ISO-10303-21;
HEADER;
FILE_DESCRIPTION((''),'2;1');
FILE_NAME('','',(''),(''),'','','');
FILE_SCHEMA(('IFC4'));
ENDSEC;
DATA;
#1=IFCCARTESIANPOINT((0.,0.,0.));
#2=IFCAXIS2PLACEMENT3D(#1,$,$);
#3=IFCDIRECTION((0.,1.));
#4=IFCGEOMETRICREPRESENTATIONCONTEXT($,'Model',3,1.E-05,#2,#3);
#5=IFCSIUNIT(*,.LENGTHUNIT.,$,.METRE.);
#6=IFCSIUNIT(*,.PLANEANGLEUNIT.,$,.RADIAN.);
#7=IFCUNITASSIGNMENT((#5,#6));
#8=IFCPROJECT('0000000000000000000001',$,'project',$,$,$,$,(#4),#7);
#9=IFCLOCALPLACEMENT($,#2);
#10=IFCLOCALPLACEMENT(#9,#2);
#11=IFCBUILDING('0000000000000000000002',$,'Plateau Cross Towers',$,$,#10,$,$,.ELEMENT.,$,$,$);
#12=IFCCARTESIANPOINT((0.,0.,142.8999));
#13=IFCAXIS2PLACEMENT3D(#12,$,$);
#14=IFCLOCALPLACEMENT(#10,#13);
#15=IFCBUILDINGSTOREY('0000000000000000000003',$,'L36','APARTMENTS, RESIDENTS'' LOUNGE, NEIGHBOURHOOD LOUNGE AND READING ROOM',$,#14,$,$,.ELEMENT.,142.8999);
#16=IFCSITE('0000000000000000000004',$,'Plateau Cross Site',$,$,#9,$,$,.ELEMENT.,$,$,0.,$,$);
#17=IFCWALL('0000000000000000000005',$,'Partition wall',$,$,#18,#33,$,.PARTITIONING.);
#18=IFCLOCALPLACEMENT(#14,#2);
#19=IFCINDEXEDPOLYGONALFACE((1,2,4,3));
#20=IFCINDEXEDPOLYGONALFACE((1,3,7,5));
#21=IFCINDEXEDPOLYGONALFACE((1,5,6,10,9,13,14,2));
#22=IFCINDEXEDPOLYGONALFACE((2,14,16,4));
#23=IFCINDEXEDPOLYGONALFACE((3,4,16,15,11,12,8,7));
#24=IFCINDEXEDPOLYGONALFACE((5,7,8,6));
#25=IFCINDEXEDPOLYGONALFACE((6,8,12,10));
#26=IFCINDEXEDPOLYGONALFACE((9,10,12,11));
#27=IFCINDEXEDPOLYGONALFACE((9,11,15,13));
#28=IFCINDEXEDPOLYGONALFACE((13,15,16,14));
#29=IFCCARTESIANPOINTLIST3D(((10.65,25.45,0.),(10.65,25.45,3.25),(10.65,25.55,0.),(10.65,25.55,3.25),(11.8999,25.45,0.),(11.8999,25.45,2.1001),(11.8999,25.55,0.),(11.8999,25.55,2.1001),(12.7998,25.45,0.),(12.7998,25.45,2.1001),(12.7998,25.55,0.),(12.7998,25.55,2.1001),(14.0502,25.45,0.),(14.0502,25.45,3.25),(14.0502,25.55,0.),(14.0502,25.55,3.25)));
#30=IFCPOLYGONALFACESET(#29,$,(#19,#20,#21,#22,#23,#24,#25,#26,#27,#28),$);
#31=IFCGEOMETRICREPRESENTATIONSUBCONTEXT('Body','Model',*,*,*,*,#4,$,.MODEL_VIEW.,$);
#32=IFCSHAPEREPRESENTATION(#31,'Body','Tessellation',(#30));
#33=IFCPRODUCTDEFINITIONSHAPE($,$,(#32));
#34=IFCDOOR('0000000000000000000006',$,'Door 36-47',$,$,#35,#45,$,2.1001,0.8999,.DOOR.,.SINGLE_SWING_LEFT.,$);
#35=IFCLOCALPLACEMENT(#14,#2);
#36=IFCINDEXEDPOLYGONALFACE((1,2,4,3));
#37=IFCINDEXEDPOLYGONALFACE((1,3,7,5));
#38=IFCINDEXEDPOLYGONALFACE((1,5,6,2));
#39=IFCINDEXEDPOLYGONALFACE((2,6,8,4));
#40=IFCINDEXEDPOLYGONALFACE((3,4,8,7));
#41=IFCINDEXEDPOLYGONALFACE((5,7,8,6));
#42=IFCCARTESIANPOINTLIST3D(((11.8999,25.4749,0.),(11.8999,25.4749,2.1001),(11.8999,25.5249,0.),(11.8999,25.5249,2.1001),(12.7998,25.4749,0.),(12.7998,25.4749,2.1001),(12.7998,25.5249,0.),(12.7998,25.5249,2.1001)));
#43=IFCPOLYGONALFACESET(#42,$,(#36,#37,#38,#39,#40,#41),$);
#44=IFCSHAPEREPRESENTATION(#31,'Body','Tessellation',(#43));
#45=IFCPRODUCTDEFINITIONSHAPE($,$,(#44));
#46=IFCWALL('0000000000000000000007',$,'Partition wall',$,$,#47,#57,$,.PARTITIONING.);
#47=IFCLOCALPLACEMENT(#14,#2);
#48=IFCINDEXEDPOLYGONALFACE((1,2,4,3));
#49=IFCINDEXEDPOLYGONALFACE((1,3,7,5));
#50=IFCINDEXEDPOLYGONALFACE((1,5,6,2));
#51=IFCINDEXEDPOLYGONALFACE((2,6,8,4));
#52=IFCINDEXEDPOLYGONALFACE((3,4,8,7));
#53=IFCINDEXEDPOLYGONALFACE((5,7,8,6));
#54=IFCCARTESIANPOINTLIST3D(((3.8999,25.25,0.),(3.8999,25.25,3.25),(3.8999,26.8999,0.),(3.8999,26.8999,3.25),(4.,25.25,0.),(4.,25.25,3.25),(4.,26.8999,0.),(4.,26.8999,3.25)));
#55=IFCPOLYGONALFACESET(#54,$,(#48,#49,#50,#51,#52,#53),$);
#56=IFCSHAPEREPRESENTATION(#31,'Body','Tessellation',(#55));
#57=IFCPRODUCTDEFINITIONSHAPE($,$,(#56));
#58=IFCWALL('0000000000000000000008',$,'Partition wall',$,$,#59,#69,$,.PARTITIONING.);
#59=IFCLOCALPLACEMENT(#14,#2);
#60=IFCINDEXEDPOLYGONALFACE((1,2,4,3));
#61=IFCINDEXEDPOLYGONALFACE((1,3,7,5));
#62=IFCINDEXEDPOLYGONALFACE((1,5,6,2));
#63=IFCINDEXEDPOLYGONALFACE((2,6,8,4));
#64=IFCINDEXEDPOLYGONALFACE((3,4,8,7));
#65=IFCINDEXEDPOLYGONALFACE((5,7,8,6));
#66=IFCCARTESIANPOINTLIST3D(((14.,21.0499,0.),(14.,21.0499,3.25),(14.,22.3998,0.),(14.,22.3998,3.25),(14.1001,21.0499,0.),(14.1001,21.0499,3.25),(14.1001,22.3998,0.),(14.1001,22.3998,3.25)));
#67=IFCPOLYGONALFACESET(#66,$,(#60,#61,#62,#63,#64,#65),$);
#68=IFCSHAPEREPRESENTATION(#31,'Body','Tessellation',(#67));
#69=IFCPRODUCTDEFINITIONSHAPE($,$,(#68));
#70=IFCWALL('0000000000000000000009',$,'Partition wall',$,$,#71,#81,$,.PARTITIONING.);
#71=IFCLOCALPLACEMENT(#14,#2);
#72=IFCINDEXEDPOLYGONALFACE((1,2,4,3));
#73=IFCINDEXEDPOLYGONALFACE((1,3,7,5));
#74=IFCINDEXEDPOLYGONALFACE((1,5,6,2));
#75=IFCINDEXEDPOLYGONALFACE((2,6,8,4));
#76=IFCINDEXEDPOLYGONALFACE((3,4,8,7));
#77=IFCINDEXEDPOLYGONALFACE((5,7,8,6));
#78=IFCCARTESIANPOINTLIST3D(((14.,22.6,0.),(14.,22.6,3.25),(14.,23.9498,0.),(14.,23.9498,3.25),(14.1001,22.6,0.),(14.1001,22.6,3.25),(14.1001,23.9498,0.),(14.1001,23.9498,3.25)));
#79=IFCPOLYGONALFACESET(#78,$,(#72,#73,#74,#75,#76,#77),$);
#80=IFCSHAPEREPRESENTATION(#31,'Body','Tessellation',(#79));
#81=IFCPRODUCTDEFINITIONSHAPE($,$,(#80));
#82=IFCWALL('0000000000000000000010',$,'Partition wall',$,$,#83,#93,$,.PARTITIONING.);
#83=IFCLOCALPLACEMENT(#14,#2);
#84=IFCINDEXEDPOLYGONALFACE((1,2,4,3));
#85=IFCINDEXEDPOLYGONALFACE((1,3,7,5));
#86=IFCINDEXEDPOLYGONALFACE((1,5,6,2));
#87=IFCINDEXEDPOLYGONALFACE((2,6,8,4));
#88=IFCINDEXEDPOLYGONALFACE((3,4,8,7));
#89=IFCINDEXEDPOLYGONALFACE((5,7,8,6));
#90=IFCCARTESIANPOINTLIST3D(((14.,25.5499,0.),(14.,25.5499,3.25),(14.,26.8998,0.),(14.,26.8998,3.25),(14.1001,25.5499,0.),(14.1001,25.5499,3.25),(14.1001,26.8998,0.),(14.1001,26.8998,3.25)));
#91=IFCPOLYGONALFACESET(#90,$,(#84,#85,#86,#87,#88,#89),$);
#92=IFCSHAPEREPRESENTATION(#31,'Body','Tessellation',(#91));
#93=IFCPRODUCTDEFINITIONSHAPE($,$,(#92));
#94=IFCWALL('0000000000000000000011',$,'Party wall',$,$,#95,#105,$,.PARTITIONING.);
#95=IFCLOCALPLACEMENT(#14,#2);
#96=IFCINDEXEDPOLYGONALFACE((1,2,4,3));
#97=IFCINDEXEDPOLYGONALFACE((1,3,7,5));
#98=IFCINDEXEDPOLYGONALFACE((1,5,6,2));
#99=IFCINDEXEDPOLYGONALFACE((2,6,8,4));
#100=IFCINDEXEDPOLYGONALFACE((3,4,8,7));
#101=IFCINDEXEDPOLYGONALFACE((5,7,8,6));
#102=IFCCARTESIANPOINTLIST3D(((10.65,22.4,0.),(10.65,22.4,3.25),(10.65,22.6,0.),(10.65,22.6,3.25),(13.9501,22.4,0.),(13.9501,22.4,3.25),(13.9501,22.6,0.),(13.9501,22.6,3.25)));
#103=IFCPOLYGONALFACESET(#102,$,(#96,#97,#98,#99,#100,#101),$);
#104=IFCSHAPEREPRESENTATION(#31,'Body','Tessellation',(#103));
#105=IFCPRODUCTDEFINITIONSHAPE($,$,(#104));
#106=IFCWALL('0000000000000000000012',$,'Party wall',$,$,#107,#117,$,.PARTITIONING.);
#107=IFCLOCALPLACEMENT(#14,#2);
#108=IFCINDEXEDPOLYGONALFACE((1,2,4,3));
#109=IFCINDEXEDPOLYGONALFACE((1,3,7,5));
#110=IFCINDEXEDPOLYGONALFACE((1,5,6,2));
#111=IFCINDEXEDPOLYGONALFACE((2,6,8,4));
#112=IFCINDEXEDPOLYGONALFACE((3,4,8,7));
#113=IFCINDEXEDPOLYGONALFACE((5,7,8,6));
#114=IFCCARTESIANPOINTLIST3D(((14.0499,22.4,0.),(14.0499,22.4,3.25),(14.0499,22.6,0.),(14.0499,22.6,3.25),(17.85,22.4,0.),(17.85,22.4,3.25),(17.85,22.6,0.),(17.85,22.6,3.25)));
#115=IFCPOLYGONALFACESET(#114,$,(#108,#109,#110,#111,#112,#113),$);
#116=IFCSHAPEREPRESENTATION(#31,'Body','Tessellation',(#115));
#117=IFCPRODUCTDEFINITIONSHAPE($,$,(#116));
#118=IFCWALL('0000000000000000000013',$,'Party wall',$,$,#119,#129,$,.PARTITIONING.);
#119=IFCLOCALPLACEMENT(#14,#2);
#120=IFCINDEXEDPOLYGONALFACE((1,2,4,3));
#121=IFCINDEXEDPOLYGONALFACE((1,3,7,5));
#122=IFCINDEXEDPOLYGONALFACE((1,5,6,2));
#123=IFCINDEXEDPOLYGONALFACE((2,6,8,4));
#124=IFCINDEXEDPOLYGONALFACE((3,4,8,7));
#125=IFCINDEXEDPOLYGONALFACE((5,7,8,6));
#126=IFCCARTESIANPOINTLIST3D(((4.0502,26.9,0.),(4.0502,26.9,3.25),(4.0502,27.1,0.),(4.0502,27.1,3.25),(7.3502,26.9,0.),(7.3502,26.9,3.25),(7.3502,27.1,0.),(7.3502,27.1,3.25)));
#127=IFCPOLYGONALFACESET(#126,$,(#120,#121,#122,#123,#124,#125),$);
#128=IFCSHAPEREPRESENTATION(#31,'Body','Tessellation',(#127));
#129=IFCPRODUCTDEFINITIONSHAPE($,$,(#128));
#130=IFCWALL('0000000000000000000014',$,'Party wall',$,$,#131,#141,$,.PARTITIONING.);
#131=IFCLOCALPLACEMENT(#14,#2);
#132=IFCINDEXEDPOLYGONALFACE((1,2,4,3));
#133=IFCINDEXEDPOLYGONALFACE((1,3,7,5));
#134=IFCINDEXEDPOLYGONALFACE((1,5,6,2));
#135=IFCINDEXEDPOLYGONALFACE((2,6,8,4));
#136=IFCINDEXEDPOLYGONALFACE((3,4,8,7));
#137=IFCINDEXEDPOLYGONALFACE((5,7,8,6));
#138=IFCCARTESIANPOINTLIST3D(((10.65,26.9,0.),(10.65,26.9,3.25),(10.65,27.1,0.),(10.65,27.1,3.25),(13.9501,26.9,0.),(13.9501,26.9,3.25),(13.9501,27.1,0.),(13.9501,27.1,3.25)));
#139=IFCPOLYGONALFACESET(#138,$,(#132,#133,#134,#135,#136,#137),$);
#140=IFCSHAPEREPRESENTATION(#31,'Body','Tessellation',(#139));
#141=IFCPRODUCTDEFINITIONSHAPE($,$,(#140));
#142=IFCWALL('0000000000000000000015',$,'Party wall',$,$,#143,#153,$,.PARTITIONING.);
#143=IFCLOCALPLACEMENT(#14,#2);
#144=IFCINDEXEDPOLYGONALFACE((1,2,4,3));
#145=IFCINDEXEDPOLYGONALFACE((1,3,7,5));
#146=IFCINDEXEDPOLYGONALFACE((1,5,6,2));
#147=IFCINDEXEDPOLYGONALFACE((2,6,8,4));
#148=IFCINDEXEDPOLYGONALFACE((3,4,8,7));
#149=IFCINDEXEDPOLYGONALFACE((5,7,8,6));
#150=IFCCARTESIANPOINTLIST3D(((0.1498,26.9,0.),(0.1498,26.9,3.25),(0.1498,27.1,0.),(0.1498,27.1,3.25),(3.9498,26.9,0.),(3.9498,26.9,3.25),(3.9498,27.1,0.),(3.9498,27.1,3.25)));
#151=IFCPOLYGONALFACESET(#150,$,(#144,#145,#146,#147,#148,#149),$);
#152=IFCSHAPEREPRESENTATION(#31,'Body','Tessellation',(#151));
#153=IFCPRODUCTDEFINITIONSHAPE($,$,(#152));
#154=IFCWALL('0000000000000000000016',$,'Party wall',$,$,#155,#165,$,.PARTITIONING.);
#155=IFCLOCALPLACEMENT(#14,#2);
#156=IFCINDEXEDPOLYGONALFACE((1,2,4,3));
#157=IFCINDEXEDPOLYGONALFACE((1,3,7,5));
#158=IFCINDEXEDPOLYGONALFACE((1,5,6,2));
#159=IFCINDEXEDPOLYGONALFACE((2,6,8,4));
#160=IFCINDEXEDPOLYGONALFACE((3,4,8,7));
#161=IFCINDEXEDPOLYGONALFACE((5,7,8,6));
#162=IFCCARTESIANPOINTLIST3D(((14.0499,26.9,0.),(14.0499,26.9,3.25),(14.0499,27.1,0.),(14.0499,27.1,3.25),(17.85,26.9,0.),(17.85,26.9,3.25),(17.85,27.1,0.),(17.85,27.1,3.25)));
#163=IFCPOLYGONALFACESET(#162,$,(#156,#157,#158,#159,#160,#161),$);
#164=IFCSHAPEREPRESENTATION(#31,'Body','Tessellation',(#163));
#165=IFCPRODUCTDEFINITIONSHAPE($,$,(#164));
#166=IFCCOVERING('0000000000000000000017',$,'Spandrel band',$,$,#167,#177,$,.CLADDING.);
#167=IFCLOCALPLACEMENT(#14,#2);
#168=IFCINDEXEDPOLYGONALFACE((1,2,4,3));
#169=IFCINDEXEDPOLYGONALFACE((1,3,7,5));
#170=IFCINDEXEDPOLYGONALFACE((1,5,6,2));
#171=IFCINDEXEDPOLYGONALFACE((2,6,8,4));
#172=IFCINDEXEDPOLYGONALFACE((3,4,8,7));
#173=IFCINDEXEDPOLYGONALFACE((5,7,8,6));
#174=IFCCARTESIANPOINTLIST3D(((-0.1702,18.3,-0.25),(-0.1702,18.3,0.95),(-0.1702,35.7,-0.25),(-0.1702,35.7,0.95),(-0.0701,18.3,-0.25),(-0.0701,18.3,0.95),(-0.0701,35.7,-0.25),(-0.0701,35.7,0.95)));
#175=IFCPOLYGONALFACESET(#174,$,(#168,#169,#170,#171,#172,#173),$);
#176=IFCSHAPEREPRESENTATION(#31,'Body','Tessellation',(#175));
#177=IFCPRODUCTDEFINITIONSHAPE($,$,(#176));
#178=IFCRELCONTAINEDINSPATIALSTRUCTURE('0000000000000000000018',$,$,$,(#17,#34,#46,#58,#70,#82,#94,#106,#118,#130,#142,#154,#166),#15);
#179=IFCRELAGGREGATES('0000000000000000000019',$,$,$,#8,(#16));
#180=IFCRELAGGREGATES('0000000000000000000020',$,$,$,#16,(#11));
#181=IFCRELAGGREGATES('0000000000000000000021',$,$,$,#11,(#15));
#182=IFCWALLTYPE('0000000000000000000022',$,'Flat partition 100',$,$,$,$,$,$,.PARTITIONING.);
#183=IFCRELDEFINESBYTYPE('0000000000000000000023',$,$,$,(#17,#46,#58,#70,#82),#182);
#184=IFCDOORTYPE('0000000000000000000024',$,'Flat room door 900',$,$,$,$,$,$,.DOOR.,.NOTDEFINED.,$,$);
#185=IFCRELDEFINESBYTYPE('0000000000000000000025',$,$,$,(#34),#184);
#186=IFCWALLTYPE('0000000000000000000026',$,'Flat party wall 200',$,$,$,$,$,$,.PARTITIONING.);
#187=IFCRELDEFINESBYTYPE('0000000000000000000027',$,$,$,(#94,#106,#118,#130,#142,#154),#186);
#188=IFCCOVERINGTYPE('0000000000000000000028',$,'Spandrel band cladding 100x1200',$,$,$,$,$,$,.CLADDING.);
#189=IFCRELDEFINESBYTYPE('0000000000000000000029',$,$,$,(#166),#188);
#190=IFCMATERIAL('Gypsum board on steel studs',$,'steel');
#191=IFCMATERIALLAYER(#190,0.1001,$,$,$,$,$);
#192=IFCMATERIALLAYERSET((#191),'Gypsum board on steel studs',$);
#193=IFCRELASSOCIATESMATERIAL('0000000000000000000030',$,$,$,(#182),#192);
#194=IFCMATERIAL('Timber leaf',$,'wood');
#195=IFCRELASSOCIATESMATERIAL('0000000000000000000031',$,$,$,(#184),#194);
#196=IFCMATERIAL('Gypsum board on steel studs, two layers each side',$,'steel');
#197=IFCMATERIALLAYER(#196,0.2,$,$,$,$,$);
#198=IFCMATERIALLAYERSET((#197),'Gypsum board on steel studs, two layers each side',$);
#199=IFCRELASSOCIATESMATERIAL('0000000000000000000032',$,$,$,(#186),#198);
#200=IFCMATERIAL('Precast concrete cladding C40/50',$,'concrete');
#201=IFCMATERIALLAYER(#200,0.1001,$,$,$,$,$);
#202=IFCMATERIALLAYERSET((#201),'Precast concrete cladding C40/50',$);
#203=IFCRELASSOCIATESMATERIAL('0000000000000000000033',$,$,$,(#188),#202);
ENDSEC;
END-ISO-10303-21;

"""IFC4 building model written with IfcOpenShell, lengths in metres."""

from ifc_helpers import new_model, si_unit, direction, frame, frame_2d, origin, origin_2d, place, context, subcontext, project, spatial, rectangle, extrude, material, layer, layer_set, type_object, element, fill, save


model = new_model("IFC4")

# Units and contexts
model_context = context("Model", 3, precision=1e-05, world=origin(), true_north=direction((0.0, 1.0)))
body_context = subcontext(model_context, "Body", "Model", "MODEL_VIEW")
ifc_project = project(units=[si_unit("LENGTHUNIT", "METRE"), si_unit("PLANEANGLEUNIT", "RADIAN")], contexts=[model_context])

# Site, building, storey
site_placement = place(None, origin())
site = spatial("IfcSite", under=ifc_project, at=site_placement, Name="Plateau Cross Site", CompositionType="ELEMENT", RefElevation=0.0)
building_placement = place(site_placement, origin())
building = spatial("IfcBuilding", under=site, at=building_placement, Name="Plateau Cross Towers", CompositionType="ELEMENT")
storey_placement = place(building_placement, frame((0.0, 0.0, 142.8999)))
storey = spatial("IfcBuildingStorey", under=building, at=storey_placement, Name="L36", Description="APARTMENTS, RESIDENTS' LOUNGE, NEIGHBOURHOOD LOUNGE AND READING ROOM", CompositionType="ELEMENT", Elevation=142.8999)

# Wall, opening, door
ifc_material_1 = material(Name="Gypsum board on steel studs", Category="steel")
ifc_layer_1 = layer(ifc_material_1, 0.1001)
ifc_layer_set_1 = layer_set([ifc_layer_1], Name="Gypsum board on steel studs")
wall_type_1 = type_object("IfcWallType", Name="Flat partition 100", PredefinedType="PARTITIONING", material=ifc_layer_set_1)
ifc_material_2 = material(Name="Timber leaf", Category="wood")
door_type_1 = type_object("IfcDoorType", Name="Flat room door 900", OperationType="NOTDEFINED", PredefinedType="DOOR", material=ifc_material_2)
wall_1_placement = place(storey_placement, frame((10.6499, 25.5, 0.0), z_axis=(0.0, 0.0, 1.0), x_axis=(1.0, 0.0, 0.0)))
wall_1 = element("IfcWall", 1, at=wall_1_placement, inside=storey, type_object=wall_type_1, Name="Partition wall", PredefinedType="PARTITIONING", context=body_context, shape_type="SweptSolid", body=[
    extrude(rectangle(XDim=3.4001, YDim=0.1001, at=frame_2d((1.7002, 0.0))), origin(), (0.0, 0.0, 1.0), 3.25),
])
opening_1_placement = place(wall_1_placement, frame((1.25, 0.0, 0.0)))
opening_1 = element("IfcOpeningElement", 2, at=opening_1_placement, cuts=wall_1, PredefinedType="OPENING", context=body_context, shape_type="SweptSolid", body=[
    extrude(rectangle(XDim=0.8999, YDim=2.1001, at=frame_2d((0.45, 1.05))), frame((0.0, 0.0601, 0.0), z_axis=(0.0, -1.0, 0.0), x_axis=(1.0, 0.0, 0.0)), (0.0, 0.0, 1.0), 0.1201),
])
door_1_placement = place(opening_1_placement, origin())
door_1 = element("IfcDoor", 3, at=door_1_placement, inside=storey, type_object=door_type_1, Name="Door 36-47", OperationType="SINGLE_SWING_LEFT", OverallHeight=2.1001, OverallWidth=0.8999, PredefinedType="DOOR", context=body_context, shape_type="SweptSolid", body=[
    extrude(rectangle(XDim=0.8999, YDim=2.1001, at=frame_2d((0.45, 1.05))), frame((0.0, 0.0249, 0.0), z_axis=(0.0, -1.0, 0.0), x_axis=(1.0, 0.0, 0.0)), (0.0, 0.0, 1.0), 0.05),
])
fill(opening_1, door_1)

# Walls
wall_2_placement = place(storey_placement, frame((3.95, 26.8999, 0.0), z_axis=(0.0, 0.0, 1.0), x_axis=(0.0, -1.0, 0.0)))
element("IfcWall", 4, at=wall_2_placement, inside=storey, type_object=wall_type_1, Name="Partition wall", PredefinedType="PARTITIONING", context=body_context, shape_type="SweptSolid", body=[
    extrude(rectangle(XDim=1.6499, YDim=0.1001, at=frame_2d((0.825, 0.0))), origin(), (0.0, 0.0, 1.0), 3.25),
])
for number, where, z_axis, x_axis, name in (
    (5, (14.05, 21.05, 0.0), (0.0, 0.0, 1.0), (0.0, 1.0, 0.0), "Partition wall"),
    (6, (14.05, 22.6001, 0.0), (0.0, 0.0, 1.0), (0.0, 1.0, 0.0), "Partition wall"),
    (7, (14.05, 25.55, 0.0), (0.0, 0.0, 1.0), (0.0, 1.0, 0.0), "Partition wall"),
):
    element("IfcWall", number, at=place(storey_placement, frame(where, z_axis=z_axis, x_axis=x_axis)), inside=storey, type_object=wall_type_1, Name=name, PredefinedType="PARTITIONING", context=body_context, shape_type="SweptSolid", body=[
        extrude(rectangle(XDim=1.3499, YDim=0.1001, at=frame_2d((0.6748, 0.0))), origin(), (0.0, 0.0, 1.0), 3.25),
    ])
ifc_material_3 = material(Name="Gypsum board on steel studs, two layers each side", Category="steel")
ifc_layer_2 = layer(ifc_material_3, 0.2)
ifc_layer_set_2 = layer_set([ifc_layer_2], Name="Gypsum board on steel studs, two layers each side")
wall_type_2 = type_object("IfcWallType", Name="Flat party wall 200", PredefinedType="PARTITIONING", material=ifc_layer_set_2)
wall_3_placement = place(storey_placement, frame((13.95, 22.5, 0.0), z_axis=(0.0, 0.0, 1.0), x_axis=(-1.0, 0.0, 0.0)))
element("IfcWall", 8, at=wall_3_placement, inside=storey, type_object=wall_type_2, Name="Party wall", PredefinedType="PARTITIONING", context=body_context, shape_type="SweptSolid", body=[
    extrude(rectangle(XDim=3.3, YDim=0.2, at=frame_2d((1.6499, 0.0))), origin(), (0.0, 0.0, 1.0), 3.25),
])
wall_4_placement = place(storey_placement, frame((14.05, 22.5, 0.0), z_axis=(0.0, 0.0, 1.0), x_axis=(1.0, 0.0, 0.0)))
element("IfcWall", 9, at=wall_4_placement, inside=storey, type_object=wall_type_2, Name="Party wall", PredefinedType="PARTITIONING", context=body_context, shape_type="SweptSolid", body=[
    extrude(rectangle(XDim=3.8, YDim=0.2, at=frame_2d((1.8999, 0.0))), origin(), (0.0, 0.0, 1.0), 3.25),
])
for number, where, z_axis, x_axis, name in (
    (10, (7.3501, 27.0, 0.0), (0.0, 0.0, 1.0), (-1.0, 0.0, 0.0), "Party wall"),
    (11, (13.95, 27.0, 0.0), (0.0, 0.0, 1.0), (-1.0, 0.0, 0.0), "Party wall"),
):
    element("IfcWall", number, at=place(storey_placement, frame(where, z_axis=z_axis, x_axis=x_axis)), inside=storey, type_object=wall_type_2, Name=name, PredefinedType="PARTITIONING", context=body_context, shape_type="SweptSolid", body=[
        extrude(rectangle(XDim=3.3, YDim=0.2, at=frame_2d((1.6499, 0.0))), origin(), (0.0, 0.0, 1.0), 3.25),
    ])
for number, where, z_axis, x_axis, name in (
    (12, (0.1499, 27.0, 0.0), (0.0, 0.0, 1.0), (1.0, 0.0, 0.0), "Party wall"),
    (13, (14.05, 27.0, 0.0), (0.0, 0.0, 1.0), (1.0, 0.0, 0.0), "Party wall"),
):
    element("IfcWall", number, at=place(storey_placement, frame(where, z_axis=z_axis, x_axis=x_axis)), inside=storey, type_object=wall_type_2, Name=name, PredefinedType="PARTITIONING", context=body_context, shape_type="SweptSolid", body=[
        extrude(rectangle(XDim=3.8, YDim=0.2, at=frame_2d((1.8999, 0.0))), origin(), (0.0, 0.0, 1.0), 3.25),
    ])

# Covering
ifc_material_4 = material(Name="Precast concrete cladding C40/50", Category="concrete")
ifc_layer_3 = layer(ifc_material_4, 0.1001)
ifc_layer_set_3 = layer_set([ifc_layer_3], Name="Precast concrete cladding C40/50")
covering_type = type_object("IfcCoveringType", Name="Spandrel band cladding 100x1200", PredefinedType="CLADDING", material=ifc_layer_set_3)
covering_placement = place(storey_placement, frame((-0.1201, 27.0, -0.25), z_axis=(0.0, 0.0, 1.0), x_axis=(0.0, -1.0, 0.0)))
element("IfcCovering", 14, at=covering_placement, inside=storey, type_object=covering_type, Name="Spandrel band", PredefinedType="CLADDING", context=body_context, shape_type="SweptSolid", body=[
    extrude(rectangle(XDim=17.3999, YDim=0.1001, at=origin_2d()), origin(), (0.0, 0.0, 1.0), 1.2),
])

save(model, "model.ifc")
